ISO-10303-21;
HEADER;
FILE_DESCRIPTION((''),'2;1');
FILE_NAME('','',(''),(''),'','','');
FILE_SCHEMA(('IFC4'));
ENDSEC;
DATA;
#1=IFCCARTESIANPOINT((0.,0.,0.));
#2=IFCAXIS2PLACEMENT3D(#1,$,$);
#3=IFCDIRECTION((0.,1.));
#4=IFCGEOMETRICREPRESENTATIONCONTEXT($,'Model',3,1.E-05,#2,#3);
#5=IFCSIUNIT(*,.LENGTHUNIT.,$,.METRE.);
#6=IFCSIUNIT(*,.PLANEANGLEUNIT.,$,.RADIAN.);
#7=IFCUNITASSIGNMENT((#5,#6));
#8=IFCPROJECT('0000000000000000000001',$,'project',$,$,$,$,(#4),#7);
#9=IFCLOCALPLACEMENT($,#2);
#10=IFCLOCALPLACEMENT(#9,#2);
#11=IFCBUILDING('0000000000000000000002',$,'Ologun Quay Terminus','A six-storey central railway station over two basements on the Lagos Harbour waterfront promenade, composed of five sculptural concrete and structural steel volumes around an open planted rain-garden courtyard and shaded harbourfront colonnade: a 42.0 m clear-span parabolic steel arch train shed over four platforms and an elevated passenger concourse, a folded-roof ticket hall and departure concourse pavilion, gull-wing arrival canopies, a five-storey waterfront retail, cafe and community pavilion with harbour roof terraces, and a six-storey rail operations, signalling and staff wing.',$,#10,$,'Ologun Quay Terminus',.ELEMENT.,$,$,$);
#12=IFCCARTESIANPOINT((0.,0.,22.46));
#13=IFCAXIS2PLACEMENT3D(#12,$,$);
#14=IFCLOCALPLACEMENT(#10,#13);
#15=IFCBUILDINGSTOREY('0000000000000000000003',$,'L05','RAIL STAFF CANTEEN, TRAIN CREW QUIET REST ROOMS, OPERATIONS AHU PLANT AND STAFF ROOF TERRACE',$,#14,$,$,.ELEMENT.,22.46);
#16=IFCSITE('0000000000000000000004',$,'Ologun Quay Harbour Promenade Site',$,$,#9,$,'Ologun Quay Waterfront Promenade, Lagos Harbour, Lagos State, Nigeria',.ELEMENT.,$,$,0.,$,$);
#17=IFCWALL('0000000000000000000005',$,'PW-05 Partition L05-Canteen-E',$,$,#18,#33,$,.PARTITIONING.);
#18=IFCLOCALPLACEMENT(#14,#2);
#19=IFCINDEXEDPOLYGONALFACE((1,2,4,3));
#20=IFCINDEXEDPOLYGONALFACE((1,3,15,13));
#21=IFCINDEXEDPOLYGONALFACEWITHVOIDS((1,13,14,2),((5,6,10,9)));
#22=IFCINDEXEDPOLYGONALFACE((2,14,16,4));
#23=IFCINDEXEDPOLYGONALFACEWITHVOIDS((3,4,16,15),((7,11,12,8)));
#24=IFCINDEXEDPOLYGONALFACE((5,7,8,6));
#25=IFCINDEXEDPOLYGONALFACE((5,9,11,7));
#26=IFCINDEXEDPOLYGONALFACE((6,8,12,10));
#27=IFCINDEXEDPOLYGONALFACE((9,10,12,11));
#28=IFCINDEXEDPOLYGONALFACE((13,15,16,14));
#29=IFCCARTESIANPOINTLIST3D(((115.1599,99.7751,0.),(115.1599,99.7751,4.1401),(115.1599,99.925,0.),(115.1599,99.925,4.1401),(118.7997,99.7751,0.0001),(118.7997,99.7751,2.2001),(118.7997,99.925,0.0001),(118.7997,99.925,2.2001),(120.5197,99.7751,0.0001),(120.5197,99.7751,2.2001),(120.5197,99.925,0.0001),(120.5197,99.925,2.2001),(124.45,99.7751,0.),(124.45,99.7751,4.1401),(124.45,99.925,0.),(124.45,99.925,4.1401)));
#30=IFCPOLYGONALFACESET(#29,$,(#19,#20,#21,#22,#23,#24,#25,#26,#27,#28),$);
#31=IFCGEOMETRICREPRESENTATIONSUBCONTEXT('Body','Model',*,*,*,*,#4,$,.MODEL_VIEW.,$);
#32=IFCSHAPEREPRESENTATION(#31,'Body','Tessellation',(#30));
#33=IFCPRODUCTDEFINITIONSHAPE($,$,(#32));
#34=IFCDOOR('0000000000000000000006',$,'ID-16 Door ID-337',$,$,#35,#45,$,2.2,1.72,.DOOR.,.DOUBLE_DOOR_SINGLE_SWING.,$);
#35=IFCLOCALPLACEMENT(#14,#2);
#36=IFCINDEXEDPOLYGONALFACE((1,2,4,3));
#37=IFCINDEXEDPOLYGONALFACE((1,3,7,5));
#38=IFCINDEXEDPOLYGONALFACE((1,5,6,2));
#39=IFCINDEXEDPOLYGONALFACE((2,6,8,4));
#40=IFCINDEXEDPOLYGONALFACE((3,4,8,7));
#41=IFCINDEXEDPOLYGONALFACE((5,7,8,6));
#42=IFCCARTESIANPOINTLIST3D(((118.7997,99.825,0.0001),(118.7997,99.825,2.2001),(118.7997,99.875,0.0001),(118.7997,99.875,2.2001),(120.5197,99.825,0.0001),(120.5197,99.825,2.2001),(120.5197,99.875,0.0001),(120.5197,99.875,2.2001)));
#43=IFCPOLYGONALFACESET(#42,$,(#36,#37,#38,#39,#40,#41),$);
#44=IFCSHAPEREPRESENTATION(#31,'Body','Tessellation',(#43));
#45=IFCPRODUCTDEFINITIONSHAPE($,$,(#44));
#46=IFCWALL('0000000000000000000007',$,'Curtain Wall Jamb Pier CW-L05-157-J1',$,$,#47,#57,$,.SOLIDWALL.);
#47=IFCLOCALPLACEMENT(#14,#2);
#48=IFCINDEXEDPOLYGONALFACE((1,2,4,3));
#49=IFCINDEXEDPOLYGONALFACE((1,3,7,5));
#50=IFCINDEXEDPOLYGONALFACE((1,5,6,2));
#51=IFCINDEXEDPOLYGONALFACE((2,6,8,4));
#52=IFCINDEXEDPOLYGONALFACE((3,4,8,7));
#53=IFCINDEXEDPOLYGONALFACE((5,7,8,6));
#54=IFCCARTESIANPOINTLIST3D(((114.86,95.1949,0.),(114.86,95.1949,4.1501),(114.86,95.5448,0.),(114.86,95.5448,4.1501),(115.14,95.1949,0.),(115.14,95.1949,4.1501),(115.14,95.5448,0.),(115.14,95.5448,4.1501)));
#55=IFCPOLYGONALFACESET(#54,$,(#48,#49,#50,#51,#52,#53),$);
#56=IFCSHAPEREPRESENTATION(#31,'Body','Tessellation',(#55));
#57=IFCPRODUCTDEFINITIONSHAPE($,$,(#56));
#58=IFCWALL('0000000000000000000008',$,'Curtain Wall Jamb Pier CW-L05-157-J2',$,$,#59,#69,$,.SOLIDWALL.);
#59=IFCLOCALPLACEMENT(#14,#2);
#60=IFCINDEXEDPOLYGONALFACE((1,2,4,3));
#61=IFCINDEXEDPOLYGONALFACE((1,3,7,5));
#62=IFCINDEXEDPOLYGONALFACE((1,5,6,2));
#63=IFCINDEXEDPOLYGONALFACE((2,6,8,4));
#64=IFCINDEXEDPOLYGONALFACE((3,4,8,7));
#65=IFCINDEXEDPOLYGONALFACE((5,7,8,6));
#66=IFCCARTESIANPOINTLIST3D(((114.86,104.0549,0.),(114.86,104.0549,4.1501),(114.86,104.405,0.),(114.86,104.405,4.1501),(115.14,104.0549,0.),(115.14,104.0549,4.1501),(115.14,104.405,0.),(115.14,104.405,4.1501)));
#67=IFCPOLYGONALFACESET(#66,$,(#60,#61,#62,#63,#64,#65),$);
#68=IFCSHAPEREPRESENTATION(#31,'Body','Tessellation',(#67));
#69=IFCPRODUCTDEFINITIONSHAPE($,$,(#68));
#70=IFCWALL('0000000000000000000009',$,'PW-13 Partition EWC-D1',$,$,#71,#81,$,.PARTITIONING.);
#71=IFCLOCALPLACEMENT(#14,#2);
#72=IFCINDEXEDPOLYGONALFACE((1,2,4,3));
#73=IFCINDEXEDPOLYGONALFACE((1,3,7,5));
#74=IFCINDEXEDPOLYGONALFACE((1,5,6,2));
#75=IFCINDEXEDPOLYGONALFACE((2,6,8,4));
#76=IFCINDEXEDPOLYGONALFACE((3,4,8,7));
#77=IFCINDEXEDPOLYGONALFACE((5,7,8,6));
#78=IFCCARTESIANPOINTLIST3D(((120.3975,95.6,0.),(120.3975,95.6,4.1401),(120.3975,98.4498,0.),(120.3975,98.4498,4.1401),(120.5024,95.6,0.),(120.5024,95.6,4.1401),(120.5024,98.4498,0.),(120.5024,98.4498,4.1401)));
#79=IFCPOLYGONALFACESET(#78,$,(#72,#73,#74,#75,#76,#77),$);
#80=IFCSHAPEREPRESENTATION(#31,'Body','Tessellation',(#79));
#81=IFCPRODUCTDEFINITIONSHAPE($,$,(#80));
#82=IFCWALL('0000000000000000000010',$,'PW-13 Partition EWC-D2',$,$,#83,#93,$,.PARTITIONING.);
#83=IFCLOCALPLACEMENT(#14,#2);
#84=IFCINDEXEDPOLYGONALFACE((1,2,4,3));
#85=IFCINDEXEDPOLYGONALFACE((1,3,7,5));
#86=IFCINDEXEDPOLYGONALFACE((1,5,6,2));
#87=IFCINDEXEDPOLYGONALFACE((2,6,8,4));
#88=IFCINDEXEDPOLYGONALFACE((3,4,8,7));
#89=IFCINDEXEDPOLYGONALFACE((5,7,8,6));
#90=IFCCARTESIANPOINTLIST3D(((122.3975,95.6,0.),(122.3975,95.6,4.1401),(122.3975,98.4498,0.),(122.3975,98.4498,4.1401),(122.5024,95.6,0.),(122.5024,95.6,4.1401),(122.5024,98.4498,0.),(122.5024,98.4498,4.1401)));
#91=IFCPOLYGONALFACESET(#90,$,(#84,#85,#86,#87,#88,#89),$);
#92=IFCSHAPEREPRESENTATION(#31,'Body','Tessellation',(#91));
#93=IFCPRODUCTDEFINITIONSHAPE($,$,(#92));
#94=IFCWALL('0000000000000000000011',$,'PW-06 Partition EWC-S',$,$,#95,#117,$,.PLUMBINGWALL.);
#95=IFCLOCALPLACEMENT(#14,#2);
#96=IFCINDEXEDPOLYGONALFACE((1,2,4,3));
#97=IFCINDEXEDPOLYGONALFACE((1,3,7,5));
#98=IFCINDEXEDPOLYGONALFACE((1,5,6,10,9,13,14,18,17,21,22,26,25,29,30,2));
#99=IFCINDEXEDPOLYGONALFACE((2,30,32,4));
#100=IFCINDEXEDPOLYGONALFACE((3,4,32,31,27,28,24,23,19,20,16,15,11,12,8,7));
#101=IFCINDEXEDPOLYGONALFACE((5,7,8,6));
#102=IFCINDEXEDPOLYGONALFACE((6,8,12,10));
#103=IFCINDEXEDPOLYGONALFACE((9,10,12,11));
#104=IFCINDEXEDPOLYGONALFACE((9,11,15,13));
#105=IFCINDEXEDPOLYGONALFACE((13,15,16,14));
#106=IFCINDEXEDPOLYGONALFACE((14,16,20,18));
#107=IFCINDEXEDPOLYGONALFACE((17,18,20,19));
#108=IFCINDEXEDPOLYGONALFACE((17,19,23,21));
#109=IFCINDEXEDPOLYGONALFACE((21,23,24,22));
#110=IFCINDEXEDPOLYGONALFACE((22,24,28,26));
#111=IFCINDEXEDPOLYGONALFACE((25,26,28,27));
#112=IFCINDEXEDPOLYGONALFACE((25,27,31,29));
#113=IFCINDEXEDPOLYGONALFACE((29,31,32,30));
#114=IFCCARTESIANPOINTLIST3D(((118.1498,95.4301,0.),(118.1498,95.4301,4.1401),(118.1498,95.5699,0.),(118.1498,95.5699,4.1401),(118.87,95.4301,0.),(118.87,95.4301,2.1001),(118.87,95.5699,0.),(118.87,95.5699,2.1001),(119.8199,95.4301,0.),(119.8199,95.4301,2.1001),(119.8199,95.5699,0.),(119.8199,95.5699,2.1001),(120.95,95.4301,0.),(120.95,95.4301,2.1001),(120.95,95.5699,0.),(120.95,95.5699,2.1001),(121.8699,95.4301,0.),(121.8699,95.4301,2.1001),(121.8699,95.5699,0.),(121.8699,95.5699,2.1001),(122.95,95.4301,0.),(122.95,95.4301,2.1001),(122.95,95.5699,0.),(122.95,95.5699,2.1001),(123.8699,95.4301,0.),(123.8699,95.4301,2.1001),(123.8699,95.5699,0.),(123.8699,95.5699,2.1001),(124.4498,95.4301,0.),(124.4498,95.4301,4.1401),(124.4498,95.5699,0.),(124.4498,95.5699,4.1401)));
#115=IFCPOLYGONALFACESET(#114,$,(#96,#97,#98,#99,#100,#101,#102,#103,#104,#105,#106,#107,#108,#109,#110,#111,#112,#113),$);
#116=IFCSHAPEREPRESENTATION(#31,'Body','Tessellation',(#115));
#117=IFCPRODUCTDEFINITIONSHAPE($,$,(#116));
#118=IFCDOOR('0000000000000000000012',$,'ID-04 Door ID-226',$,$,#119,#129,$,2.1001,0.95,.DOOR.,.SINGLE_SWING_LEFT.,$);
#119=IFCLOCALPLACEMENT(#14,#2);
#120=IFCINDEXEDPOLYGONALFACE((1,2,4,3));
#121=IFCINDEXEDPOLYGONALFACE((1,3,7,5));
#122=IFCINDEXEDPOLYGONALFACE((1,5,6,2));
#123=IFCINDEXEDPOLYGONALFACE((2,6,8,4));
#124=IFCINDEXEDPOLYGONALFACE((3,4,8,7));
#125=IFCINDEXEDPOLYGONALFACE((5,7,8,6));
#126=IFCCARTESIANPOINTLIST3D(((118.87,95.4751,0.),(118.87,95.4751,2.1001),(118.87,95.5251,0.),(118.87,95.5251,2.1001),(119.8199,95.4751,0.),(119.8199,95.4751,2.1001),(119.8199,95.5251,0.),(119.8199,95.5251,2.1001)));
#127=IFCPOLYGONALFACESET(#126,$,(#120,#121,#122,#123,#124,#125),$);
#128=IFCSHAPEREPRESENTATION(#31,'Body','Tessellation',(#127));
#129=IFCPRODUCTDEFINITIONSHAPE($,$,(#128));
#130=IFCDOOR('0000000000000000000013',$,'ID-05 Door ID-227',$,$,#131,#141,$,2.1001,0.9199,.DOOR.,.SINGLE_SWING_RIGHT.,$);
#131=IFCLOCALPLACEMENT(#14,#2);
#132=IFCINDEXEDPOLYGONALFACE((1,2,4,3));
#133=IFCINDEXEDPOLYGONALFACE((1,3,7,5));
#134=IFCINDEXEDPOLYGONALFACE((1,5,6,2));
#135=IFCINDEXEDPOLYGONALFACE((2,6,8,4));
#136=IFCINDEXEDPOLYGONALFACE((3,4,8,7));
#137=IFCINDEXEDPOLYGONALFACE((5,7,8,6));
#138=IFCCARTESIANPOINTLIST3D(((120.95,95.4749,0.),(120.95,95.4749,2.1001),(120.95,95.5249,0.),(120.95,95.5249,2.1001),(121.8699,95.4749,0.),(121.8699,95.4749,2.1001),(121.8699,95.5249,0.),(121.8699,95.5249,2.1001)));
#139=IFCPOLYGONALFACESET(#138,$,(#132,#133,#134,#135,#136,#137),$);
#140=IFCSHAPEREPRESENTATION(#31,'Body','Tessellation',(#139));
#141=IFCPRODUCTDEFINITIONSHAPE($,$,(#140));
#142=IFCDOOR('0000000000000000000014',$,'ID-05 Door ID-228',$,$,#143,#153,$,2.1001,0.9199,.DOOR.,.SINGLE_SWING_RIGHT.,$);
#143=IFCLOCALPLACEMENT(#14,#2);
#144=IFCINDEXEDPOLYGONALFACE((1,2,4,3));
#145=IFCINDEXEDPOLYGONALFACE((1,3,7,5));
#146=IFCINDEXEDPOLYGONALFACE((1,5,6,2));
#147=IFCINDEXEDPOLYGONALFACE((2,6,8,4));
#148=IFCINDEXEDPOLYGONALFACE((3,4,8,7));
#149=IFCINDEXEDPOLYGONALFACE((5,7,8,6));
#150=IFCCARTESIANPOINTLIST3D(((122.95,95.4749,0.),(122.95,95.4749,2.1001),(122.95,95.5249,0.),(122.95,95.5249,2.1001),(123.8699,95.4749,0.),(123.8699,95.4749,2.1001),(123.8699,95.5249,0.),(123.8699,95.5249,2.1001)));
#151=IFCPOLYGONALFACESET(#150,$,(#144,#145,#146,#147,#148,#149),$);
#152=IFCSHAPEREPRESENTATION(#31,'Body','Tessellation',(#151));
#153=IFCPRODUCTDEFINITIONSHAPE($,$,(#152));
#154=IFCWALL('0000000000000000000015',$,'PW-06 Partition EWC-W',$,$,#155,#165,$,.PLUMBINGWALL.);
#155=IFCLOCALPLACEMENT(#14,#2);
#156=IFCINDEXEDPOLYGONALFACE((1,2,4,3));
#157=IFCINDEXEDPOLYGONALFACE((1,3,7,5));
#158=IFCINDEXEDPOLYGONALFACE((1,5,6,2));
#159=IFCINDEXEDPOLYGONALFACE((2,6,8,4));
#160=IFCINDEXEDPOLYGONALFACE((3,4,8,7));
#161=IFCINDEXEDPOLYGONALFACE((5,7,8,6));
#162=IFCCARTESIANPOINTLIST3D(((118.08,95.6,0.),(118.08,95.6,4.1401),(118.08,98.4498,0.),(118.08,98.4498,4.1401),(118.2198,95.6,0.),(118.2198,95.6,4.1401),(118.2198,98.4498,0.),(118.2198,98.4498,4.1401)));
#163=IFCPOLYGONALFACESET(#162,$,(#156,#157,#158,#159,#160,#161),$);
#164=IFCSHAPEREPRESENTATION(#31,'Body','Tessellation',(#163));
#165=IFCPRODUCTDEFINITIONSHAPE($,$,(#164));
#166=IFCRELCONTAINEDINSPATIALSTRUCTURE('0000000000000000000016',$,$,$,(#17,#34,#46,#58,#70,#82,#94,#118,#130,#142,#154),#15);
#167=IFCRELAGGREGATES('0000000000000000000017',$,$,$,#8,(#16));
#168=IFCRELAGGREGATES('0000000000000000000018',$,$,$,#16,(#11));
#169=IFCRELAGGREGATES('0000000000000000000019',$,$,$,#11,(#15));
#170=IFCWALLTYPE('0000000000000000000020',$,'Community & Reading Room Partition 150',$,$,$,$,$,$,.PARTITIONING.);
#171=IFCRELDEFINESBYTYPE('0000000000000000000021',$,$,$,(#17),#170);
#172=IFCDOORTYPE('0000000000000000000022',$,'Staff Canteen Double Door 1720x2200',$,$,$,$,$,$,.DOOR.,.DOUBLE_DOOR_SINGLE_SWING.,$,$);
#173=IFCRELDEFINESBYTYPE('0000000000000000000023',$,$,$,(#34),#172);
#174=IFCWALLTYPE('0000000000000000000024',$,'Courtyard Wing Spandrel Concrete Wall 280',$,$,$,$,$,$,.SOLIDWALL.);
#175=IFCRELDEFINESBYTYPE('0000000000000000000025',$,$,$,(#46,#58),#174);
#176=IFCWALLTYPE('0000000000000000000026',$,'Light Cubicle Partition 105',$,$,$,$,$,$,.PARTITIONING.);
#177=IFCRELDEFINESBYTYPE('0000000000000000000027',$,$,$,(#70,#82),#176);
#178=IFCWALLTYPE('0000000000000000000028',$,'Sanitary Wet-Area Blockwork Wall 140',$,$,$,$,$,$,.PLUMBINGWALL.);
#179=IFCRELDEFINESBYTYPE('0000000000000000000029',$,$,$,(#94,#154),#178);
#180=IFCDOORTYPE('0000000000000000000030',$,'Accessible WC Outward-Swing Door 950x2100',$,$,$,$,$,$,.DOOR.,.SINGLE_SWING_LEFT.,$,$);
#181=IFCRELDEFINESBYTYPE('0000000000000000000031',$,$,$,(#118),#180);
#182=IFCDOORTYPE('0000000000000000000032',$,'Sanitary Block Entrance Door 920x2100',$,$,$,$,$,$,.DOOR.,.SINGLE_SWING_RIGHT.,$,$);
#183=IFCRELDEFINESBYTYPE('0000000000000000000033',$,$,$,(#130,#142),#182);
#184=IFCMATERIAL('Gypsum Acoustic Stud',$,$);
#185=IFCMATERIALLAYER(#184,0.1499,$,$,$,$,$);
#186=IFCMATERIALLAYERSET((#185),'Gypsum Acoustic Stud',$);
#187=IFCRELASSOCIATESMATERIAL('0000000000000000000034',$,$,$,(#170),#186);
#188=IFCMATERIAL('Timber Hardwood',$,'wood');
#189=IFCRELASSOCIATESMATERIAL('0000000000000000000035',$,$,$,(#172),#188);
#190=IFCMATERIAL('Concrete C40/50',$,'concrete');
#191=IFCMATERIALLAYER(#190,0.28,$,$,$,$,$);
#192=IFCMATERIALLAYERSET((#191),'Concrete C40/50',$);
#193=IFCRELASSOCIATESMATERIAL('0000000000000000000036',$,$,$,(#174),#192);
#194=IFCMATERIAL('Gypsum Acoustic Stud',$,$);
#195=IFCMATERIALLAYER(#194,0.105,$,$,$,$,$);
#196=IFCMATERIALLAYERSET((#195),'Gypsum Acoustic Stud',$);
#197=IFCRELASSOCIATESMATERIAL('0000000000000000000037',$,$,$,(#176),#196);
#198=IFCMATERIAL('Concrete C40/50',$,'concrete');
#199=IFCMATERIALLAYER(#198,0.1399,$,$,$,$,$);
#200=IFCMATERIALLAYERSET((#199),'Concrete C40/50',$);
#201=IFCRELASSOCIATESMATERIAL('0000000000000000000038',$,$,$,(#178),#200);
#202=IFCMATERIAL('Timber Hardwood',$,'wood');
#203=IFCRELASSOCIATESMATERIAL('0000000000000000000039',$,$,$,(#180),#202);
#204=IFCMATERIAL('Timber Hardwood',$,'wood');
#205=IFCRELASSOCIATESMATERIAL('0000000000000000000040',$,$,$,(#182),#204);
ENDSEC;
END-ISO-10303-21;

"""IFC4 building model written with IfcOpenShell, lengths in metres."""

from ifc_helpers import new_model, si_unit, direction, frame, frame_2d, origin, place, context, subcontext, project, spatial, rectangle, extrude, material, layer, layer_set, type_object, element, fill, save


model = new_model("IFC4")

# Units and contexts
model_context = context("Model", 3, precision=1e-05, world=origin(), true_north=direction((0.0, 1.0)))
body_context = subcontext(model_context, "Body", "Model", "MODEL_VIEW")
ifc_project = project(units=[si_unit("LENGTHUNIT", "METRE"), si_unit("PLANEANGLEUNIT", "RADIAN")], contexts=[model_context])

# Site, building, storey
site_placement = place(None, origin())
site = spatial("IfcSite", under=ifc_project, at=site_placement, Name="Ologun Quay Harbour Promenade Site", LongName="Ologun Quay Waterfront Promenade, Lagos Harbour, Lagos State, Nigeria", CompositionType="ELEMENT", RefElevation=0.0)
building_placement = place(site_placement, origin())
building = spatial("IfcBuilding", under=site, at=building_placement, Name="Ologun Quay Terminus", Description="A six-storey central railway station over two basements on the Lagos Harbour waterfront promenade, composed of five sculptural concrete and structural steel volumes around an open planted rain-garden courtyard and shaded harbourfront colonnade: a 42.0 m clear-span parabolic steel arch train shed over four platforms and an elevated passenger concourse, a folded-roof ticket hall and departure concourse pavilion, gull-wing arrival canopies, a five-storey waterfront retail, cafe and community pavilion with harbour roof terraces, and a six-storey rail operations, signalling and staff wing.", LongName="Ologun Quay Terminus", CompositionType="ELEMENT")
storey_placement = place(building_placement, frame((0.0, 0.0, 22.46)))
storey = spatial("IfcBuildingStorey", under=building, at=storey_placement, Name="L05", Description="RAIL STAFF CANTEEN, TRAIN CREW QUIET REST ROOMS, OPERATIONS AHU PLANT AND STAFF ROOF TERRACE", CompositionType="ELEMENT", Elevation=22.46)

# Wall, opening, door
ifc_material_1 = material(Name="Gypsum Acoustic Stud")
ifc_layer_1 = layer(ifc_material_1, 0.1499)
ifc_layer_set_1 = layer_set([ifc_layer_1], Name="Gypsum Acoustic Stud")
wall_type_1 = type_object("IfcWallType", Name="Community & Reading Room Partition 150", PredefinedType="PARTITIONING", material=ifc_layer_set_1)
wall_1_placement = place(storey_placement, frame((115.1599, 99.8501, 0.0), z_axis=(0.0, 0.0, 1.0), x_axis=(1.0, 0.0, 0.0)))
wall_1 = element("IfcWall", 1, at=wall_1_placement, inside=storey, type_object=wall_type_1, Name="PW-05 Partition L05-Canteen-E", PredefinedType="PARTITIONING", context=body_context, shape_type="SweptSolid", body=[
    extrude(rectangle(XDim=9.29, YDim=0.1499, at=frame_2d((4.645, 0.0))), origin(), (0.0, 0.0, 1.0), 4.1401),
])
opening_1_placement = place(wall_1_placement, frame((3.6399, 0.0, 0.0)))
opening_1 = element("IfcOpeningElement", 2, at=opening_1_placement, cuts=wall_1, PredefinedType="OPENING", context=body_context, shape_type="SweptSolid", body=[
    extrude(rectangle(XDim=1.72, YDim=2.2, at=frame_2d((0.8599, 1.1001))), frame((0.0, 0.085, 0.0), z_axis=(0.0, -1.0, 0.0), x_axis=(1.0, 0.0, 0.0)), (0.0, 0.0, 1.0), 0.1699),
])
ifc_material_2 = material(Name="Timber Hardwood", Category="wood")
door_type_1 = type_object("IfcDoorType", Name="Staff Canteen Double Door 1720x2200", OperationType="DOUBLE_DOOR_SINGLE_SWING", PredefinedType="DOOR", material=ifc_material_2)
door_1_placement = place(opening_1_placement, origin())
door_1 = element("IfcDoor", 3, at=door_1_placement, inside=storey, type_object=door_type_1, Name="ID-16 Door ID-337", OperationType="DOUBLE_DOOR_SINGLE_SWING", OverallHeight=2.2, OverallWidth=1.72, PredefinedType="DOOR", context=body_context, shape_type="SweptSolid", body=[
    extrude(rectangle(XDim=1.72, YDim=2.2, at=frame_2d((0.8599, 1.1001))), frame((0.0, 0.0249, 0.0), z_axis=(0.0, -1.0, 0.0), x_axis=(1.0, 0.0, 0.0)), (0.0, 0.0, 1.0), 0.05),
])
fill(opening_1, door_1)

# Walls
ifc_material_3 = material(Name="Concrete C40/50", Category="concrete")
ifc_layer_2 = layer(ifc_material_3, 0.28)
ifc_layer_set_2 = layer_set([ifc_layer_2], Name="Concrete C40/50")
wall_type_2 = type_object("IfcWallType", Name="Courtyard Wing Spandrel Concrete Wall 280", PredefinedType="SOLIDWALL", material=ifc_layer_set_2)
wall_2_placement = place(storey_placement, frame((115.0, 95.1951, 0.0), z_axis=(0.0, 0.0, 1.0), x_axis=(0.0, 1.0, 0.0)))
element("IfcWall", 4, at=wall_2_placement, inside=storey, type_object=wall_type_2, Name="Curtain Wall Jamb Pier CW-L05-157-J1", PredefinedType="SOLIDWALL", context=body_context, shape_type="SweptSolid", body=[
    extrude(rectangle(XDim=0.3499, YDim=0.28, at=frame_2d((0.1748, 0.0))), origin(), (0.0, 0.0, 1.0), 4.1501),
])
wall_3_placement = place(storey_placement, frame((115.0, 104.0549, 0.0), z_axis=(0.0, 0.0, 1.0), x_axis=(0.0, 1.0, 0.0)))
element("IfcWall", 5, at=wall_3_placement, inside=storey, type_object=wall_type_2, Name="Curtain Wall Jamb Pier CW-L05-157-J2", PredefinedType="SOLIDWALL", context=body_context, shape_type="SweptSolid", body=[
    extrude(rectangle(XDim=0.3501, YDim=0.28, at=frame_2d((0.175, 0.0))), origin(), (0.0, 0.0, 1.0), 4.1501),
])
ifc_material_4 = material(Name="Gypsum Acoustic Stud")
ifc_layer_3 = layer(ifc_material_4, 0.105)
ifc_layer_set_3 = layer_set([ifc_layer_3], Name="Gypsum Acoustic Stud")
wall_type_3 = type_object("IfcWallType", Name="Light Cubicle Partition 105", PredefinedType="PARTITIONING", material=ifc_layer_set_3)
for number, where, z_axis, x_axis, name in (
    (6, (120.45, 95.6001, 0.0), (0.0, 0.0, 1.0), (0.0, 1.0, 0.0), "PW-13 Partition EWC-D1"),
    (7, (122.45, 95.6001, 0.0), (0.0, 0.0, 1.0), (0.0, 1.0, 0.0), "PW-13 Partition EWC-D2"),
):
    element("IfcWall", number, at=place(storey_placement, frame(where, z_axis=z_axis, x_axis=x_axis)), inside=storey, type_object=wall_type_3, Name=name, PredefinedType="PARTITIONING", context=body_context, shape_type="SweptSolid", body=[
        extrude(rectangle(XDim=2.8499, YDim=0.105, at=frame_2d((1.4248, 0.0))), origin(), (0.0, 0.0, 1.0), 4.1401),
    ])

# Wall, openings, doors
ifc_material_5 = material(Name="Concrete C40/50", Category="concrete")
ifc_layer_4 = layer(ifc_material_5, 0.1399)
ifc_layer_set_4 = layer_set([ifc_layer_4], Name="Concrete C40/50")
wall_type_4 = type_object("IfcWallType", Name="Sanitary Wet-Area Blockwork Wall 140", PredefinedType="PLUMBINGWALL", material=ifc_layer_set_4)
wall_4_placement = place(storey_placement, frame((118.1499, 95.5, 0.0), z_axis=(0.0, 0.0, 1.0), x_axis=(1.0, 0.0, 0.0)))
wall_4 = element("IfcWall", 8, at=wall_4_placement, inside=storey, type_object=wall_type_4, Name="PW-06 Partition EWC-S", PredefinedType="PLUMBINGWALL", context=body_context, shape_type="SweptSolid", body=[
    extrude(rectangle(XDim=6.3, YDim=0.1399, at=frame_2d((3.1499, 0.0))), origin(), (0.0, 0.0, 1.0), 4.1401),
])
opening_2_placement = place(wall_4_placement, frame((0.72, 0.0, 0.0)))
opening_2 = element("IfcOpeningElement", 9, at=opening_2_placement, cuts=wall_4, PredefinedType="OPENING", context=body_context, shape_type="SweptSolid", body=[
    extrude(rectangle(XDim=0.95, YDim=2.1001, at=frame_2d((0.4751, 1.05))), frame((0.0, 0.0801, 0.0), z_axis=(0.0, -1.0, 0.0), x_axis=(1.0, 0.0, 0.0)), (0.0, 0.0, 1.0), 0.1599),
])
opening_3_placement = place(wall_4_placement, frame((2.8, 0.0, 0.0)))
opening_3 = element("IfcOpeningElement", 10, at=opening_3_placement, cuts=wall_4, PredefinedType="OPENING", context=body_context, shape_type="SweptSolid", body=[
    extrude(rectangle(XDim=0.9199, YDim=2.1001, at=frame_2d((0.46, 1.05))), frame((0.0, 0.0801, 0.0), z_axis=(0.0, -1.0, 0.0), x_axis=(1.0, 0.0, 0.0)), (0.0, 0.0, 1.0), 0.1599),
])
opening_4_placement = place(wall_4_placement, frame((4.8, 0.0, 0.0)))
opening_4 = element("IfcOpeningElement", 11, at=opening_4_placement, cuts=wall_4, PredefinedType="OPENING", context=body_context, shape_type="SweptSolid", body=[
    extrude(rectangle(XDim=0.9199, YDim=2.1001, at=frame_2d((0.46, 1.05))), frame((0.0, 0.0801, 0.0), z_axis=(0.0, -1.0, 0.0), x_axis=(1.0, 0.0, 0.0)), (0.0, 0.0, 1.0), 0.1599),
])
ifc_material_6 = material(Name="Timber Hardwood", Category="wood")
door_type_2 = type_object("IfcDoorType", Name="Accessible WC Outward-Swing Door 950x2100", OperationType="SINGLE_SWING_LEFT", PredefinedType="DOOR", material=ifc_material_6)
door_2_placement = place(opening_2_placement, frame((0.4751, 0.0, 0.0), z_axis=(0.0, 0.0, 1.0), x_axis=(-1.0, 0.0, 0.0)))
door_2 = element("IfcDoor", 12, at=door_2_placement, inside=storey, type_object=door_type_2, Name="ID-04 Door ID-226", OperationType="SINGLE_SWING_LEFT", OverallHeight=2.1001, OverallWidth=0.95, PredefinedType="DOOR", context=body_context, shape_type="SweptSolid", body=[
    extrude(rectangle(XDim=0.95, YDim=2.1001, at=frame_2d((0.0, 1.05))), frame((0.0, 0.0249, 0.0), z_axis=(0.0, -1.0, 0.0), x_axis=(1.0, 0.0, 0.0)), (0.0, 0.0, 1.0), 0.05),
])
fill(opening_2, door_2)
ifc_material_7 = material(Name="Timber Hardwood", Category="wood")
door_type_3 = type_object("IfcDoorType", Name="Sanitary Block Entrance Door 920x2100", OperationType="SINGLE_SWING_RIGHT", PredefinedType="DOOR", material=ifc_material_7)
door_3_placement = place(opening_3_placement, origin())
door_3 = element("IfcDoor", 13, at=door_3_placement, inside=storey, type_object=door_type_3, Name="ID-05 Door ID-227", OperationType="SINGLE_SWING_RIGHT", OverallHeight=2.1001, OverallWidth=0.9199, PredefinedType="DOOR", context=body_context, shape_type="SweptSolid", body=[
    extrude(rectangle(XDim=0.9199, YDim=2.1001, at=frame_2d((0.46, 1.05))), frame((0.0, 0.0249, 0.0), z_axis=(0.0, -1.0, 0.0), x_axis=(1.0, 0.0, 0.0)), (0.0, 0.0, 1.0), 0.05),
])
fill(opening_3, door_3)
door_4_placement = place(opening_4_placement, origin())
door_4 = element("IfcDoor", 14, at=door_4_placement, inside=storey, type_object=door_type_3, Name="ID-05 Door ID-228", OperationType="SINGLE_SWING_RIGHT", OverallHeight=2.1001, OverallWidth=0.9199, PredefinedType="DOOR", context=body_context, shape_type="SweptSolid", body=[
    extrude(rectangle(XDim=0.9199, YDim=2.1001, at=frame_2d((0.46, 1.05))), frame((0.0, 0.0249, 0.0), z_axis=(0.0, -1.0, 0.0), x_axis=(1.0, 0.0, 0.0)), (0.0, 0.0, 1.0), 0.05),
])
fill(opening_4, door_4)

# Wall
wall_5_placement = place(storey_placement, frame((118.1499, 95.6001, 0.0), z_axis=(0.0, 0.0, 1.0), x_axis=(0.0, 1.0, 0.0)))
element("IfcWall", 15, at=wall_5_placement, inside=storey, type_object=wall_type_4, Name="PW-06 Partition EWC-W", PredefinedType="PLUMBINGWALL", context=body_context, shape_type="SweptSolid", body=[
    extrude(rectangle(XDim=2.8499, YDim=0.1399, at=frame_2d((1.4248, 0.0))), origin(), (0.0, 0.0, 1.0), 4.1401),
])

save(model, "model.ifc")
